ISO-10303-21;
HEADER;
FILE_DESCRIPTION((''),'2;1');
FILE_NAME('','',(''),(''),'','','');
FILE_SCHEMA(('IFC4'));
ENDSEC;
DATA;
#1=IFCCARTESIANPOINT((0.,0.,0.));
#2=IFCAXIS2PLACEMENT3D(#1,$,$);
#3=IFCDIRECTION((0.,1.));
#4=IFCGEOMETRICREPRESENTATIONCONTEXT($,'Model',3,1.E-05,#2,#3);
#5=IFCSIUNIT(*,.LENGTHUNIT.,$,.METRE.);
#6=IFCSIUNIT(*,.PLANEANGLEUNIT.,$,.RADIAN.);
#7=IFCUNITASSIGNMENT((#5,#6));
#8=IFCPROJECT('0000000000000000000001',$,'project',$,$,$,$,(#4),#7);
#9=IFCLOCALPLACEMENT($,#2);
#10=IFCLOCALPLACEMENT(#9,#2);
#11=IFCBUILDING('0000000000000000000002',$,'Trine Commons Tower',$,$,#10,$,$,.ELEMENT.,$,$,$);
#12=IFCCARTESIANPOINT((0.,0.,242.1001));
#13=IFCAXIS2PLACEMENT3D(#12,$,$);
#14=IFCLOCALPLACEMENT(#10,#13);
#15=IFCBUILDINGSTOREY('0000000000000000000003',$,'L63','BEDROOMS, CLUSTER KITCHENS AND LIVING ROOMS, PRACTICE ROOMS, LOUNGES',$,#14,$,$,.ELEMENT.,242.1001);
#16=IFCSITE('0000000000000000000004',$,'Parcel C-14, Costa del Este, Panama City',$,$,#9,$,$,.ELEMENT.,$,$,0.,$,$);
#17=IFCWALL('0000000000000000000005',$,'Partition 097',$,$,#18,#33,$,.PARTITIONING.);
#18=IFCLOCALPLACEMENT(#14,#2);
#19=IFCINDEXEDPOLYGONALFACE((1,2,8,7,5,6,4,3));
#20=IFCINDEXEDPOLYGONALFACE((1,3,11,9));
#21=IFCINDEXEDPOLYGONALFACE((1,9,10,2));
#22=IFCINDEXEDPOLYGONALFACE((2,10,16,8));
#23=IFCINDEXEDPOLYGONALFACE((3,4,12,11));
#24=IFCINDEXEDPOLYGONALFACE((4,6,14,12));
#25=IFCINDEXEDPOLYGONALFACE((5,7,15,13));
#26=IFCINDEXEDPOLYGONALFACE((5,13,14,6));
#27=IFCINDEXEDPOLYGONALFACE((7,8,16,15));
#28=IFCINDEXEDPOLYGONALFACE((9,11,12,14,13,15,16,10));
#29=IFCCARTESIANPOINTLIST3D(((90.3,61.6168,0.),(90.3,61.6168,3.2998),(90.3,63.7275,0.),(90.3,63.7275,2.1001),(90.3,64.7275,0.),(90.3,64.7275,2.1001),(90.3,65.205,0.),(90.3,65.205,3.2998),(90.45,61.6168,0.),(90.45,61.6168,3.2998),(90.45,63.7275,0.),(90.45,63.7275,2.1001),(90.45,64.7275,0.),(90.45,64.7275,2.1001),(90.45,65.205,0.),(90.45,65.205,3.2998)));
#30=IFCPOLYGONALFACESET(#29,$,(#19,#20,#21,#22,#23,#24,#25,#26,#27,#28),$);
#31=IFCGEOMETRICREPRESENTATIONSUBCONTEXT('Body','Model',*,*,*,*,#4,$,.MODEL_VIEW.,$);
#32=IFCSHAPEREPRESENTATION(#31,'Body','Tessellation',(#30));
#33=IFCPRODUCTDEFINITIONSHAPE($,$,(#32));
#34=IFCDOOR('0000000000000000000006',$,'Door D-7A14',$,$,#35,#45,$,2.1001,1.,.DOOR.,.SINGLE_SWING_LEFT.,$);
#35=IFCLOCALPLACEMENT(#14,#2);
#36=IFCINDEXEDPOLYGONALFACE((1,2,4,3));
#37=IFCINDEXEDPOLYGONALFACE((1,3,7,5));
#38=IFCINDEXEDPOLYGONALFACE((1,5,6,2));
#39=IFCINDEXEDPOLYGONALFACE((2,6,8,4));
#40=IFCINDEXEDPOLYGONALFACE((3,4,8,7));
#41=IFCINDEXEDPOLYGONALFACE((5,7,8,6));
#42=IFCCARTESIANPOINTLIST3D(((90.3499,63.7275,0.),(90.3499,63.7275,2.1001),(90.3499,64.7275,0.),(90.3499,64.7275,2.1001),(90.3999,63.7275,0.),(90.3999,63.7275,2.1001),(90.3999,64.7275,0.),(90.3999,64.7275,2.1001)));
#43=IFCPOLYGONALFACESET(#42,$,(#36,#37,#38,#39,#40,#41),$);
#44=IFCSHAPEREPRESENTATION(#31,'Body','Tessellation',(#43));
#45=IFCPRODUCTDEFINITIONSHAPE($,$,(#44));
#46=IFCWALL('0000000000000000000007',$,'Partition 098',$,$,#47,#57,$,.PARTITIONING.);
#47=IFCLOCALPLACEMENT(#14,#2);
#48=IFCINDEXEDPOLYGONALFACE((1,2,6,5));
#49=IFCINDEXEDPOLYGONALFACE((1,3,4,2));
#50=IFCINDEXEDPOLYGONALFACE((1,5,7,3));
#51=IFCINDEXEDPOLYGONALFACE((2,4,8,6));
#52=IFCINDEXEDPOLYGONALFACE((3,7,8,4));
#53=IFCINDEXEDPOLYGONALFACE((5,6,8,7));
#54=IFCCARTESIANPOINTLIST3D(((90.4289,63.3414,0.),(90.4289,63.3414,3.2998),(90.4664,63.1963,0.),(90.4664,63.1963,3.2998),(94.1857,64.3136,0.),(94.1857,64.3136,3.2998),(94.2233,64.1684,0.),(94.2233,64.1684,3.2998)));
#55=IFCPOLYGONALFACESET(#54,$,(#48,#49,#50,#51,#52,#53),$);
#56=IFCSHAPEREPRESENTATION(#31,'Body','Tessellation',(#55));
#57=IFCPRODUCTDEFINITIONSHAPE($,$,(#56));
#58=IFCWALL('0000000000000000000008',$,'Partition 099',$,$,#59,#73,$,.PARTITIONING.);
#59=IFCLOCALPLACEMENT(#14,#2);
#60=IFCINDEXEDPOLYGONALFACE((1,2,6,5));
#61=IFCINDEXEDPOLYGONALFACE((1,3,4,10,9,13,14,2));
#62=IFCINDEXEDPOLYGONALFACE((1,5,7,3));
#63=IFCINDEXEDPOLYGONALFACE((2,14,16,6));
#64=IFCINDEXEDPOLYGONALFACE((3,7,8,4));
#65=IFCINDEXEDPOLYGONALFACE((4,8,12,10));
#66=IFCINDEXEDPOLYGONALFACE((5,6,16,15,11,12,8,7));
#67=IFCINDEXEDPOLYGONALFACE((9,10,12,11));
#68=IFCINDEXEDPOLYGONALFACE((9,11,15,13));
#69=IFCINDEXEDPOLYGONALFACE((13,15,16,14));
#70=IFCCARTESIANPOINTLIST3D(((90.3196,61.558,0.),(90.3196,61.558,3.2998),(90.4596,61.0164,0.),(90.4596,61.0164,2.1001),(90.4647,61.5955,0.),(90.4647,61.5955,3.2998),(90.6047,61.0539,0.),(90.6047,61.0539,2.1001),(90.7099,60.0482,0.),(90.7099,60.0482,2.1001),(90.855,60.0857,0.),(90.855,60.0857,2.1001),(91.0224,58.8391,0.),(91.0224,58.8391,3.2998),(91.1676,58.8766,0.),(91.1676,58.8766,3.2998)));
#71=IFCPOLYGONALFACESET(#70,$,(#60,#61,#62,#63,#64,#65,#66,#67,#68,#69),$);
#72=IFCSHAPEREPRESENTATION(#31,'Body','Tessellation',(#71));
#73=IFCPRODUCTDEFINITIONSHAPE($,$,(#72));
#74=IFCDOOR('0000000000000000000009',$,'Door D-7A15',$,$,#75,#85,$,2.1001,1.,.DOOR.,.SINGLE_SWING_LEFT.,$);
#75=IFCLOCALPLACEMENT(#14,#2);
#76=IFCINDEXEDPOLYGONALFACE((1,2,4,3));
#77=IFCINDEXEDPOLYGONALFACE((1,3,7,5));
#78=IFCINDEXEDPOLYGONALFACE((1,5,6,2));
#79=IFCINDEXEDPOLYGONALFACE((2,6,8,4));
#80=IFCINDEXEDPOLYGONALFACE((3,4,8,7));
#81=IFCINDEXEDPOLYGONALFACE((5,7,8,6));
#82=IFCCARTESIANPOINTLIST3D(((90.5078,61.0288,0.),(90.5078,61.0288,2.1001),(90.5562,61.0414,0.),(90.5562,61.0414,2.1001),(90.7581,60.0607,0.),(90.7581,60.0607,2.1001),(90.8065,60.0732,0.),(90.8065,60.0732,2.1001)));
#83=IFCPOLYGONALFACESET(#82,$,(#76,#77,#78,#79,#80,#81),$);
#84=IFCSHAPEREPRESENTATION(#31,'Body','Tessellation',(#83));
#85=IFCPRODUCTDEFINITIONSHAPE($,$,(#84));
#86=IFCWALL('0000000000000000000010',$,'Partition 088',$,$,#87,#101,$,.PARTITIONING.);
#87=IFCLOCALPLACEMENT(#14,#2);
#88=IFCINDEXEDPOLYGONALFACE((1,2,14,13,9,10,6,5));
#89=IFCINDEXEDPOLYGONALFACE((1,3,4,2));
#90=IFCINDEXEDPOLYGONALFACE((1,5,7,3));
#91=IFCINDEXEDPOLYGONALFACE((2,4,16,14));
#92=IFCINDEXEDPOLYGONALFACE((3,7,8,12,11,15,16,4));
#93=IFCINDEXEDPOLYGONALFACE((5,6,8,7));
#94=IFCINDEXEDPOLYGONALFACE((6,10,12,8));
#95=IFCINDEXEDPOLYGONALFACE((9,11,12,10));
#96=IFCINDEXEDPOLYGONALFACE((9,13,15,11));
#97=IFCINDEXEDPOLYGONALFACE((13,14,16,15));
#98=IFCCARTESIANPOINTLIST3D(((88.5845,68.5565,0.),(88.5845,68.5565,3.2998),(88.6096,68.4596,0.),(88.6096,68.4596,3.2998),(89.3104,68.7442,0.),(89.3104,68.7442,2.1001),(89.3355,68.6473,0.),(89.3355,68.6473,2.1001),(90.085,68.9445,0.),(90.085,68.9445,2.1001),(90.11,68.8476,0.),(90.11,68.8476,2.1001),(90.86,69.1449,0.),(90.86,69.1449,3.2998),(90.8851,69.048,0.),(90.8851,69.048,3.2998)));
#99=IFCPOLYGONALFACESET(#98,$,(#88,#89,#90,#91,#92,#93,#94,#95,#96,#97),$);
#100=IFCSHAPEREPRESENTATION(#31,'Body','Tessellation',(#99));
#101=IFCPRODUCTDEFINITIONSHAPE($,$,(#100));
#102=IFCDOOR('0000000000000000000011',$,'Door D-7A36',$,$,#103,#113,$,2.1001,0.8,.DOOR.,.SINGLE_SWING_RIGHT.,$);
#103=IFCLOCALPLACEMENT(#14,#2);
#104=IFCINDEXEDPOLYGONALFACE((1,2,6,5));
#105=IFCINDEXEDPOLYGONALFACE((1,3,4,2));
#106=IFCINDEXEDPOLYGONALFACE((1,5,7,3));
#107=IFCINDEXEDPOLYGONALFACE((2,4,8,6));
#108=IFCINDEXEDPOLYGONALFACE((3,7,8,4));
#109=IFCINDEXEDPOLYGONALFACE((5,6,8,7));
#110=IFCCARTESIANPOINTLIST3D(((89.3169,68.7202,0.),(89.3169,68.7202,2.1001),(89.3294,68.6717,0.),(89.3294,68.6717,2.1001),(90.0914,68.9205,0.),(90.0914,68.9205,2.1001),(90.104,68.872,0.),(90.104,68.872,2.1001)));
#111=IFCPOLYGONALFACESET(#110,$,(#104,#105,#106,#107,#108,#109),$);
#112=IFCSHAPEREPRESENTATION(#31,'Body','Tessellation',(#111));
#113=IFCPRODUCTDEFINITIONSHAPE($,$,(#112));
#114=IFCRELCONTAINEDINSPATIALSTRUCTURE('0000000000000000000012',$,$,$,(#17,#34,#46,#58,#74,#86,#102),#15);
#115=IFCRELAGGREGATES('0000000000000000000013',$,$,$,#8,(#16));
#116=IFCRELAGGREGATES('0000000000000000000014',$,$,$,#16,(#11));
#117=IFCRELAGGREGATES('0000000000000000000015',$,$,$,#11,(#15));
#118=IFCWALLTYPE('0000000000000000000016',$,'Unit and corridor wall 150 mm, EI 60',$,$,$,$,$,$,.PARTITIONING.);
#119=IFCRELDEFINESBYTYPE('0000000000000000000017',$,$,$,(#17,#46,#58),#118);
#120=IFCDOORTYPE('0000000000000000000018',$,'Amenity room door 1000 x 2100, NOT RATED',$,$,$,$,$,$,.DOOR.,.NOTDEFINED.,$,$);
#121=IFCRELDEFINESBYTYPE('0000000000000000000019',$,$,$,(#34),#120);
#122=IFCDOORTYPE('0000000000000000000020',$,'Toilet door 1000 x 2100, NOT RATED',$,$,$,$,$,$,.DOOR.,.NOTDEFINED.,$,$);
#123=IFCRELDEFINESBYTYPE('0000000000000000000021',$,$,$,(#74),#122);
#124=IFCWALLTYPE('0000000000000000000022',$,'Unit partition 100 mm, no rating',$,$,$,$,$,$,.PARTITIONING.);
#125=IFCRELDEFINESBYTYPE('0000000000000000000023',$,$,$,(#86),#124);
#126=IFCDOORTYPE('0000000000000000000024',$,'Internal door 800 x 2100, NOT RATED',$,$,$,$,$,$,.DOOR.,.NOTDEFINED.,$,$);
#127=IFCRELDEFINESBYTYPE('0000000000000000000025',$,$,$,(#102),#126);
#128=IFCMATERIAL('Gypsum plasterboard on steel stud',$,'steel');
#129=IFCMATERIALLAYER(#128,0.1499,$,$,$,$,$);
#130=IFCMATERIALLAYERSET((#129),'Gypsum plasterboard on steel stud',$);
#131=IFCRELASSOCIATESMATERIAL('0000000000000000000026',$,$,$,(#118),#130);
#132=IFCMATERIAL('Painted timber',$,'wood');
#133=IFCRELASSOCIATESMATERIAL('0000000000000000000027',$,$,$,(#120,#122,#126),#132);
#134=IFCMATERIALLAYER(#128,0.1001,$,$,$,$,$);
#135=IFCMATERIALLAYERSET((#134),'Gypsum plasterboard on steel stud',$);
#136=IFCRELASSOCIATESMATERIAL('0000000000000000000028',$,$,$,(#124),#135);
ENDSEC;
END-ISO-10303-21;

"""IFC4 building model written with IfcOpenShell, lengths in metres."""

from ifc_helpers import new_model, si_unit, direction, frame, frame_2d, origin, place, context, subcontext, project, spatial, rectangle, extrude, material, layer, layer_set, type_object, element, fill, save


model = new_model("IFC4")

# Units and contexts
model_context = context("Model", 3, precision=1e-05, world=origin(), true_north=direction((0.0, 1.0)))
body_context = subcontext(model_context, "Body", "Model", "MODEL_VIEW")
ifc_project = project(units=[si_unit("LENGTHUNIT", "METRE"), si_unit("PLANEANGLEUNIT", "RADIAN")], contexts=[model_context])

# Site, building, storey
site_placement = place(None, origin())
site = spatial("IfcSite", under=ifc_project, at=site_placement, Name="Parcel C-14, Costa del Este, Panama City", CompositionType="ELEMENT", RefElevation=0.0)
building_placement = place(site_placement, origin())
building = spatial("IfcBuilding", under=site, at=building_placement, Name="Trine Commons Tower", CompositionType="ELEMENT")
storey_placement = place(building_placement, frame((0.0, 0.0, 242.1001)))
storey = spatial("IfcBuildingStorey", under=building, at=storey_placement, Name="L63", Description="BEDROOMS, CLUSTER KITCHENS AND LIVING ROOMS, PRACTICE ROOMS, LOUNGES", CompositionType="ELEMENT", Elevation=242.1001)

# Shared definitions
ifc_material_1 = material(Name="Gypsum plasterboard on steel stud", Category="steel")
ifc_layer_1 = layer(ifc_material_1, 0.1499)
ifc_layer_set_1 = layer_set([ifc_layer_1], Name="Gypsum plasterboard on steel stud")
wall_type_1 = type_object("IfcWallType", Name="Unit and corridor wall 150 mm, EI 60", PredefinedType="PARTITIONING", material=ifc_layer_set_1)

# Wall, opening, door
wall_1_placement = place(storey_placement, frame((90.375, 61.6169, 0.0), z_axis=(0.0, 0.0, 1.0), x_axis=(0.0, 1.0, 0.0)))
wall_1 = element("IfcWall", 1, at=wall_1_placement, inside=storey, type_object=wall_type_1, Name="Partition 097", PredefinedType="PARTITIONING", context=body_context, shape_type="SweptSolid", body=[
    extrude(rectangle(XDim=3.5881, YDim=0.1499, at=frame_2d((1.7939, 0.0))), origin(), (0.0, 0.0, 1.0), 3.2998),
])
opening_1_placement = place(wall_1_placement, frame((2.1106, 0.0, 0.0)))
opening_1 = element("IfcOpeningElement", 2, at=opening_1_placement, cuts=wall_1, PredefinedType="OPENING", context=body_context, shape_type="SweptSolid", body=[
    extrude(rectangle(XDim=1.0, YDim=2.1001, at=frame_2d((0.5, 1.05))), frame((0.0, 0.085, 0.0), z_axis=(0.0, -1.0, 0.0), x_axis=(1.0, 0.0, 0.0)), (0.0, 0.0, 1.0), 0.1699),
])
ifc_material_2 = material(Name="Painted timber", Category="wood")
door_type_1 = type_object("IfcDoorType", Name="Amenity room door 1000 x 2100, NOT RATED", OperationType="NOTDEFINED", PredefinedType="DOOR", material=ifc_material_2)
door_1_placement = place(opening_1_placement, frame((1.0, 0.0, 0.0), z_axis=(0.0, 0.0, 1.0), x_axis=(-1.0, 0.0, 0.0)))
door_1 = element("IfcDoor", 3, at=door_1_placement, inside=storey, type_object=door_type_1, Name="Door D-7A14", OperationType="SINGLE_SWING_LEFT", OverallHeight=2.1001, OverallWidth=1.0, PredefinedType="DOOR", context=body_context, shape_type="SweptSolid", body=[
    extrude(rectangle(XDim=1.0, YDim=2.1001, at=frame_2d((0.5, 1.05))), frame((0.0, 0.0249, 0.0), z_axis=(0.0, -1.0, 0.0), x_axis=(1.0, 0.0, 0.0)), (0.0, 0.0, 1.0), 0.05),
])
fill(opening_1, door_1)

# Wall
wall_2_placement = place(storey_placement, frame((90.4475, 63.2688, 0.0), z_axis=(0.0, 0.0, 1.0), x_axis=(0.968111, 0.250521, 0.0)))
element("IfcWall", 4, at=wall_2_placement, inside=storey, type_object=wall_type_1, Name="Partition 098", PredefinedType="PARTITIONING", context=body_context, shape_type="SweptSolid", body=[
    extrude(rectangle(XDim=3.8806, YDim=0.1499, at=frame_2d((1.9404, 0.0))), origin(), (0.0, 0.0, 1.0), 3.2998),
])

# Walls, openings, doors
wall_3_placement = place(storey_placement, frame((90.3921, 61.5769, 0.0), z_axis=(0.0, 0.0, 1.0), x_axis=(0.25028, -0.968173, 0.0)))
wall_3 = element("IfcWall", 5, at=wall_3_placement, inside=storey, type_object=wall_type_1, Name="Partition 099", PredefinedType="PARTITIONING", context=body_context, shape_type="SweptSolid", body=[
    extrude(rectangle(XDim=2.8083, YDim=0.1499, at=frame_2d((1.4043, 0.0))), origin(), (0.0, 0.0, 1.0), 3.2998),
])
opening_2_placement = place(wall_3_placement, frame((0.5596, 0.0, 0.0)))
opening_2 = element("IfcOpeningElement", 6, at=opening_2_placement, cuts=wall_3, PredefinedType="OPENING", context=body_context, shape_type="SweptSolid", body=[
    extrude(rectangle(XDim=1.0, YDim=2.1001, at=frame_2d((0.5, 1.05))), frame((0.0, 0.085, 0.0), z_axis=(0.0, -1.0, 0.0), x_axis=(1.0, 0.0, 0.0)), (0.0, 0.0, 1.0), 0.1699),
])
door_type_2 = type_object("IfcDoorType", Name="Toilet door 1000 x 2100, NOT RATED", OperationType="NOTDEFINED", PredefinedType="DOOR", material=ifc_material_2)
door_2_placement = place(opening_2_placement, origin())
door_2 = element("IfcDoor", 7, at=door_2_placement, inside=storey, type_object=door_type_2, Name="Door D-7A15", OperationType="SINGLE_SWING_LEFT", OverallHeight=2.1001, OverallWidth=1.0, PredefinedType="DOOR", context=body_context, shape_type="SweptSolid", body=[
    extrude(rectangle(XDim=1.0, YDim=2.1001, at=frame_2d((0.5, 1.05))), frame((0.0, 0.0249, 0.0), z_axis=(0.0, -1.0, 0.0), x_axis=(1.0, 0.0, 0.0)), (0.0, 0.0, 1.0), 0.05),
])
fill(opening_2, door_2)
ifc_layer_2 = layer(ifc_material_1, 0.1001)
ifc_layer_set_2 = layer_set([ifc_layer_2], Name="Gypsum plasterboard on steel stud")
wall_type_2 = type_object("IfcWallType", Name="Unit partition 100 mm, no rating", PredefinedType="PARTITIONING", material=ifc_layer_set_2)
wall_4_placement = place(storey_placement, frame((88.5969, 68.5081, 0.0), z_axis=(0.0, 0.0, 1.0), x_axis=(0.968156, 0.250349, 0.0)))
wall_4 = element("IfcWall", 8, at=wall_4_placement, inside=storey, type_object=wall_type_2, Name="Partition 088", PredefinedType="PARTITIONING", context=body_context, shape_type="SweptSolid", body=[
    extrude(rectangle(XDim=2.3503, YDim=0.1001, at=frame_2d((1.1753, 0.0))), origin(), (0.0, 0.0, 1.0), 3.2998),
])
opening_3_placement = place(wall_4_placement, frame((0.75, 0.0, 0.0)))
opening_3 = element("IfcOpeningElement", 9, at=opening_3_placement, cuts=wall_4, PredefinedType="OPENING", context=body_context, shape_type="SweptSolid", body=[
    extrude(rectangle(XDim=0.8, YDim=2.1001, at=frame_2d((0.3999, 1.05))), frame((0.0, 0.0601, 0.0), z_axis=(0.0, -1.0, 0.0), x_axis=(1.0, 0.0, 0.0)), (0.0, 0.0, 1.0), 0.1201),
])
door_type_3 = type_object("IfcDoorType", Name="Internal door 800 x 2100, NOT RATED", OperationType="NOTDEFINED", PredefinedType="DOOR", material=ifc_material_2)
door_3_placement = place(opening_3_placement, frame((0.8, 0.0, 0.0), z_axis=(0.0, 0.0, 1.0), x_axis=(-1.0, 0.0, 0.0)))
door_3 = element("IfcDoor", 10, at=door_3_placement, inside=storey, type_object=door_type_3, Name="Door D-7A36", OperationType="SINGLE_SWING_RIGHT", OverallHeight=2.1001, OverallWidth=0.8, PredefinedType="DOOR", context=body_context, shape_type="SweptSolid", body=[
    extrude(rectangle(XDim=0.8, YDim=2.1001, at=frame_2d((0.3999, 1.05))), frame((0.0, 0.0249, 0.0), z_axis=(0.0, -1.0, 0.0), x_axis=(1.0, 0.0, 0.0)), (0.0, 0.0, 1.0), 0.05),
])
fill(opening_3, door_3)

save(model, "model.ifc")
